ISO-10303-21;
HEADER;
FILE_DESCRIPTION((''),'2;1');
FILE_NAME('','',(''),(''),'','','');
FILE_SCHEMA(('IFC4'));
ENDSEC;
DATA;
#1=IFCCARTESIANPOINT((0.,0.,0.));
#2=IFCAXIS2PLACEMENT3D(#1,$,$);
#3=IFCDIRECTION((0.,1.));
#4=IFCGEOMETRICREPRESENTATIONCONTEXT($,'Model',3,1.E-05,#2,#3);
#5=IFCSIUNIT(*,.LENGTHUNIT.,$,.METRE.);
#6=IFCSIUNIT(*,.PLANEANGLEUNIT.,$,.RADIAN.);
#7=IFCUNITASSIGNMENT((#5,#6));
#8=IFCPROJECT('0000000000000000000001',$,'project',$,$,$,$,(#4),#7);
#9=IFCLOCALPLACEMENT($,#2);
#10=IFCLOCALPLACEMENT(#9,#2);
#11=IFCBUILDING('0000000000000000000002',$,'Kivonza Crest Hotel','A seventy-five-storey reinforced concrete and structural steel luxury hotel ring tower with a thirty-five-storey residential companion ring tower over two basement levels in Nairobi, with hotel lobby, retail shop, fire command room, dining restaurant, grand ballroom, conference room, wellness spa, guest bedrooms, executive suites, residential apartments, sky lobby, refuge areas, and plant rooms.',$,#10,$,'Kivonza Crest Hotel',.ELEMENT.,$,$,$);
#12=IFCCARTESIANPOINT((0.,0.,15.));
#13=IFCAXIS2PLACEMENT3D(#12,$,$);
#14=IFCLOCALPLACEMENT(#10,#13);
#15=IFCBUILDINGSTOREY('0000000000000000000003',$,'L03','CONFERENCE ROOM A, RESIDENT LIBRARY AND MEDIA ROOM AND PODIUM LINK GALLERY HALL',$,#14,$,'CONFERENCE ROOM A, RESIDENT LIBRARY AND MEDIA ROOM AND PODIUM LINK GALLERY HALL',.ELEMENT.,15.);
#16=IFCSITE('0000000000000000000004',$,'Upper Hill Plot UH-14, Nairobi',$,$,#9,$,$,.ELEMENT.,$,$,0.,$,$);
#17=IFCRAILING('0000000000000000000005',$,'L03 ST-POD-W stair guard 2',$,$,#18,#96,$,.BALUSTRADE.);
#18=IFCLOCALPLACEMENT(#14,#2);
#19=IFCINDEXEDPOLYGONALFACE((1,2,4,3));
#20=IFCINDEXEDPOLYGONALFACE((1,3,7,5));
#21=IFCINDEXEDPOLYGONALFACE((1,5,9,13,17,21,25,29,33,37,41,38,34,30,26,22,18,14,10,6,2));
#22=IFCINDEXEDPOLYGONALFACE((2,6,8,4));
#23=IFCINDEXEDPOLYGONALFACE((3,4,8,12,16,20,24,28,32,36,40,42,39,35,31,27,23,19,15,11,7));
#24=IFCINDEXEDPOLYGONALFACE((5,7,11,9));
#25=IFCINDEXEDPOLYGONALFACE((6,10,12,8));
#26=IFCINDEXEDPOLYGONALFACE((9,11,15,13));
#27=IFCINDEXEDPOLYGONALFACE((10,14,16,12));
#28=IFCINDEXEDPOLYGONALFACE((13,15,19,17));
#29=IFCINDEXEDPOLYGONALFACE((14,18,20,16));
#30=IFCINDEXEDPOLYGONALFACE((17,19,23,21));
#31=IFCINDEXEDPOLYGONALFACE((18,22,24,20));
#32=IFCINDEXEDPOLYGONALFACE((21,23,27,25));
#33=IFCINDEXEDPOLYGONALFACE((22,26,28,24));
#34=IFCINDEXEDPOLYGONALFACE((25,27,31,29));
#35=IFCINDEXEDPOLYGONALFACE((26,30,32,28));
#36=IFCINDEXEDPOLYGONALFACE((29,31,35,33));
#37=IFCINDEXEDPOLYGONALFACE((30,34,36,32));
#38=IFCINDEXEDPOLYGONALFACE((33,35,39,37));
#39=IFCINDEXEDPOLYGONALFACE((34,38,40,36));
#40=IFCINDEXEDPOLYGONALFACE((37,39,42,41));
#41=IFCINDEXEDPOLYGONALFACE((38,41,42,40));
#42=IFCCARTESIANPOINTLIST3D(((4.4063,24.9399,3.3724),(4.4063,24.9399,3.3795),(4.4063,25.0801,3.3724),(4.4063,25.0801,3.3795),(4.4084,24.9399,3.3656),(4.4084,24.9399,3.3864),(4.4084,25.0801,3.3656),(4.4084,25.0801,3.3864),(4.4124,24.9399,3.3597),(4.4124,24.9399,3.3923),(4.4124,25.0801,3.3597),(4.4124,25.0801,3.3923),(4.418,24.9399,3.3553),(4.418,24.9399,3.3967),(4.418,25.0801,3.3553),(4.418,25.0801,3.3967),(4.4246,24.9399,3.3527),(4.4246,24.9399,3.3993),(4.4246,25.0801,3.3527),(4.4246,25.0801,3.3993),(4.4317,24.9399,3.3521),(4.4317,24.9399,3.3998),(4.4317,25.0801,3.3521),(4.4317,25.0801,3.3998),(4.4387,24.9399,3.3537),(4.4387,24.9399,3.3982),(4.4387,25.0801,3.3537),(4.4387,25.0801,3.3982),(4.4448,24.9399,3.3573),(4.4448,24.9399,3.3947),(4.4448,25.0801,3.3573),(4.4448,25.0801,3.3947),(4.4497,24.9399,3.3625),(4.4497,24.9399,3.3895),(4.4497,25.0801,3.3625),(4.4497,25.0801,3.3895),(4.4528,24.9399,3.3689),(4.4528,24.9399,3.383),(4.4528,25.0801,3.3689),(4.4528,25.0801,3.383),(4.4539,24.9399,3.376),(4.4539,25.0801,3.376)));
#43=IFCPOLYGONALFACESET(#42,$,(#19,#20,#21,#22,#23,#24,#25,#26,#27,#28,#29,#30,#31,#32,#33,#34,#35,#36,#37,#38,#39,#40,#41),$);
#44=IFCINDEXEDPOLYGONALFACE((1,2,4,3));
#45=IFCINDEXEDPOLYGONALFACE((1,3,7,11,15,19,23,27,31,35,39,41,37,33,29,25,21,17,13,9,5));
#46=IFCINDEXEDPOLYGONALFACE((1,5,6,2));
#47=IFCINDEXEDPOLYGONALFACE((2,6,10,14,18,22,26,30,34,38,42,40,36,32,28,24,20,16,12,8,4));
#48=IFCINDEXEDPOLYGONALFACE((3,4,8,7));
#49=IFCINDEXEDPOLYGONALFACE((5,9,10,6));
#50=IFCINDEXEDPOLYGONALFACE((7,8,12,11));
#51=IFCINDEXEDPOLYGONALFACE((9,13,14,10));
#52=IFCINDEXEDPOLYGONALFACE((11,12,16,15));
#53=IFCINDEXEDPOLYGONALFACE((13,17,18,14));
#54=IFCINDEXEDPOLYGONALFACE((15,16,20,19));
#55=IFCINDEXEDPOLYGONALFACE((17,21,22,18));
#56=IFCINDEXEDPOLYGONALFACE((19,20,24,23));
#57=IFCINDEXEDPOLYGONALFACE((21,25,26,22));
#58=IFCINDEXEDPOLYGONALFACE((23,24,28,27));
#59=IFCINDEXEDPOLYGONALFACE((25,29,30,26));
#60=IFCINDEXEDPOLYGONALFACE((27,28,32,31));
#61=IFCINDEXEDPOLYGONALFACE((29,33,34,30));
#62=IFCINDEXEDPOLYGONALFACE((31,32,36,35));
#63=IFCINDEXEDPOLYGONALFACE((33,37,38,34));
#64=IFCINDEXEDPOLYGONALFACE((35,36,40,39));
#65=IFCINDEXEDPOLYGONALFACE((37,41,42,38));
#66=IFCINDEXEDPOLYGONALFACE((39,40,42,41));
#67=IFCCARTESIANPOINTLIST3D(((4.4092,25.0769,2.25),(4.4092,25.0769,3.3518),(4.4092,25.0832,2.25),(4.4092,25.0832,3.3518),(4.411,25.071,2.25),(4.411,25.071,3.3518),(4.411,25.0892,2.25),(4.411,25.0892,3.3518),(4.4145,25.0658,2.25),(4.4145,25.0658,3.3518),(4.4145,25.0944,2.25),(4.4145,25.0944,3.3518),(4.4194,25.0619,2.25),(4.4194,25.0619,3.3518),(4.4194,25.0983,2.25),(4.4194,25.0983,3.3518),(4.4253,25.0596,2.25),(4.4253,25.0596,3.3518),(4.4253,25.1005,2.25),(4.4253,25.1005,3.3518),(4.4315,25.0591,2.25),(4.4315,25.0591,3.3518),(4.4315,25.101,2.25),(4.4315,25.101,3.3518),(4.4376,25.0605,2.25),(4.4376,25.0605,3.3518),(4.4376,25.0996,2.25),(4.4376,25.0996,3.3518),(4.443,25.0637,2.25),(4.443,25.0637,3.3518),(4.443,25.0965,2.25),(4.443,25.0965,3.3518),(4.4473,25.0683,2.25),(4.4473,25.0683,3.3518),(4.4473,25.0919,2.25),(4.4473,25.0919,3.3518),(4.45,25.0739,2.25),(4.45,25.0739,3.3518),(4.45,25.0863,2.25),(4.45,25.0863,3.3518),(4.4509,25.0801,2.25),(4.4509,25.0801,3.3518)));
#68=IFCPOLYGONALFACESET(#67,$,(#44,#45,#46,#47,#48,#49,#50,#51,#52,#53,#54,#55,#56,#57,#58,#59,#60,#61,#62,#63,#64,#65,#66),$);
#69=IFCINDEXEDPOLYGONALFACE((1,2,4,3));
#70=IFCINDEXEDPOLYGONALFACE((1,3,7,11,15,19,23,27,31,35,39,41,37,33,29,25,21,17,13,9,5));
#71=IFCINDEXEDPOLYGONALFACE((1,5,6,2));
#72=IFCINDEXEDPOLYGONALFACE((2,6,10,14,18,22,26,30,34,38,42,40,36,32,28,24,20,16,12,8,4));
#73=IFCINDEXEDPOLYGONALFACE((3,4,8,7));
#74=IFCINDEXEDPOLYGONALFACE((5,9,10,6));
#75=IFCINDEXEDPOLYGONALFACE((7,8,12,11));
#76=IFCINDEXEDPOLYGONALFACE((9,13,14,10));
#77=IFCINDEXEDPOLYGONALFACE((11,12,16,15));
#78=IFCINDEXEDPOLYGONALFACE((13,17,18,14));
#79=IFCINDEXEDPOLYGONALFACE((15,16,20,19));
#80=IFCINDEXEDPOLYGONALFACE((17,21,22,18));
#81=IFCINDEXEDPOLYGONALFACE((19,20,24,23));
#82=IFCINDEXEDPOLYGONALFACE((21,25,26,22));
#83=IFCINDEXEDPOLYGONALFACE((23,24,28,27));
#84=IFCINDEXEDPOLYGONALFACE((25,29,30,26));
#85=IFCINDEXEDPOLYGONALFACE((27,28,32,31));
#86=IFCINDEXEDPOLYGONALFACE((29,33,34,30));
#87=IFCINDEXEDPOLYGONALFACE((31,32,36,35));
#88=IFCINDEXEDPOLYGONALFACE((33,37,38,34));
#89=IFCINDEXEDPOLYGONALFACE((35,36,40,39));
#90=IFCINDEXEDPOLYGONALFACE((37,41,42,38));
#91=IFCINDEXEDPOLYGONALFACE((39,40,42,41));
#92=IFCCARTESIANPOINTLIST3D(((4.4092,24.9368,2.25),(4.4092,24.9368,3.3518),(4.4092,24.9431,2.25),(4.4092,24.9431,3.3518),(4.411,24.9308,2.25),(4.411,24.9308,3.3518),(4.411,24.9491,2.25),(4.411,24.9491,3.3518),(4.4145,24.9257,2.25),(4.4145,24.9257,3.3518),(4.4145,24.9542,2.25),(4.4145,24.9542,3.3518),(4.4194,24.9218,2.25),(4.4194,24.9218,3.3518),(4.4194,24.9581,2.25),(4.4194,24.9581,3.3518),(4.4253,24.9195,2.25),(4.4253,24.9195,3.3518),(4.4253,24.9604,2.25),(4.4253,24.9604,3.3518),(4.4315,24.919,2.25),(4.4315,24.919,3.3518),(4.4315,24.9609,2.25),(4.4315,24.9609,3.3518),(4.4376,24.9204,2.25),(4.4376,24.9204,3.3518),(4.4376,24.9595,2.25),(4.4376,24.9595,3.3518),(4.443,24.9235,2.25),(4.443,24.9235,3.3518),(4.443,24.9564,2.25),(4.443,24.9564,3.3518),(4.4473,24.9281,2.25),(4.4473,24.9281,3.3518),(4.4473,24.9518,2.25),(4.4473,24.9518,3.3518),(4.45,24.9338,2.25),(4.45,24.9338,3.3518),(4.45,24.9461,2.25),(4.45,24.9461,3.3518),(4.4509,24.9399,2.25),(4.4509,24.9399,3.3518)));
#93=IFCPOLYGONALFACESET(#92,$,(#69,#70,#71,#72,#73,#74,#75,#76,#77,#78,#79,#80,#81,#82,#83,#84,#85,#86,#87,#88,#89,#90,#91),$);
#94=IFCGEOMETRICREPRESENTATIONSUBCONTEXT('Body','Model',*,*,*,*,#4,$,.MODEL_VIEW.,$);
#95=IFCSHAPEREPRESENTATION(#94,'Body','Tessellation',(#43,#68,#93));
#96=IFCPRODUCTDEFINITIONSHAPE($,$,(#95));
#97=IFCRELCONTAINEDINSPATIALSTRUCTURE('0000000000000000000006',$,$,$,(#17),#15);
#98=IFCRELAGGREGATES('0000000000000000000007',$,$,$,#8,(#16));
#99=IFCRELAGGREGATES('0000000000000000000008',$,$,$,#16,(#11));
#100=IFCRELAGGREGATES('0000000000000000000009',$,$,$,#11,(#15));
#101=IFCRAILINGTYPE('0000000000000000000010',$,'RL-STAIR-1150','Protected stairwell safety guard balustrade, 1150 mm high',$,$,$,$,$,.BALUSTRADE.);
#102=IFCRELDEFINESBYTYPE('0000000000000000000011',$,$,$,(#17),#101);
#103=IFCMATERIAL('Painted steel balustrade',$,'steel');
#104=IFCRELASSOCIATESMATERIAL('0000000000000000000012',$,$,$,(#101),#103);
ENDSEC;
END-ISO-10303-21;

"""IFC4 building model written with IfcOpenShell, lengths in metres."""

from ifc_helpers import new_model, si_unit, direction, frame, origin, origin_2d, place, context, subcontext, project, spatial, circle, extrude, material, type_object, element, save


model = new_model("IFC4")

# Units and contexts
model_context = context("Model", 3, precision=1e-05, world=origin(), true_north=direction((0.0, 1.0)))
body_context = subcontext(model_context, "Body", "Model", "MODEL_VIEW")
ifc_project = project(units=[si_unit("LENGTHUNIT", "METRE"), si_unit("PLANEANGLEUNIT", "RADIAN")], contexts=[model_context])

# Site, building, storey
site_placement = place(None, origin())
site = spatial("IfcSite", under=ifc_project, at=site_placement, Name="Upper Hill Plot UH-14, Nairobi", CompositionType="ELEMENT", RefElevation=0.0)
building_placement = place(site_placement, origin())
building = spatial("IfcBuilding", under=site, at=building_placement, Name="Kivonza Crest Hotel", Description="A seventy-five-storey reinforced concrete and structural steel luxury hotel ring tower with a thirty-five-storey residential companion ring tower over two basement levels in Nairobi, with hotel lobby, retail shop, fire command room, dining restaurant, grand ballroom, conference room, wellness spa, guest bedrooms, executive suites, residential apartments, sky lobby, refuge areas, and plant rooms.", LongName="Kivonza Crest Hotel", CompositionType="ELEMENT")
storey_placement = place(building_placement, frame((0.0, 0.0, 15.0)))
storey = spatial("IfcBuildingStorey", under=building, at=storey_placement, Name="L03", Description="CONFERENCE ROOM A, RESIDENT LIBRARY AND MEDIA ROOM AND PODIUM LINK GALLERY HALL", LongName="CONFERENCE ROOM A, RESIDENT LIBRARY AND MEDIA ROOM AND PODIUM LINK GALLERY HALL", CompositionType="ELEMENT", Elevation=15.0)

# Railing
ifc_material_1 = material(Name="Painted steel balustrade", Category="steel")
railing_type_1 = type_object("IfcRailingType", Name="RL-STAIR-1150", Description="Protected stairwell safety guard balustrade, 1150 mm high", PredefinedType="BALUSTRADE", material=ifc_material_1)
railing_1_placement = place(storey_placement, frame((4.4299, 25.0801, 2.25)))
element("IfcRailing", 1, at=railing_1_placement, inside=storey, type_object=railing_type_1, Name="L03 ST-POD-W stair guard 2", PredefinedType="BALUSTRADE", context=body_context, shape_type="SweptSolid", body=[
    extrude(circle(Radius=0.0239, at=origin_2d()), frame((0.0, 0.0, 1.126), z_axis=(0.0, -1.0, 0.0), x_axis=(1.0, 0.0, 0.0)), (0.0, 0.0, 1.0), 0.1401),
    extrude(circle(Radius=0.021, at=origin_2d()), origin(), (0.0, 0.0, 1.0), 1.1018),
    extrude(circle(Radius=0.021, at=origin_2d()), frame((0.0, -0.1401, 0.0)), (0.0, 0.0, 1.0), 1.1018),
])

save(model, "model.ifc")
